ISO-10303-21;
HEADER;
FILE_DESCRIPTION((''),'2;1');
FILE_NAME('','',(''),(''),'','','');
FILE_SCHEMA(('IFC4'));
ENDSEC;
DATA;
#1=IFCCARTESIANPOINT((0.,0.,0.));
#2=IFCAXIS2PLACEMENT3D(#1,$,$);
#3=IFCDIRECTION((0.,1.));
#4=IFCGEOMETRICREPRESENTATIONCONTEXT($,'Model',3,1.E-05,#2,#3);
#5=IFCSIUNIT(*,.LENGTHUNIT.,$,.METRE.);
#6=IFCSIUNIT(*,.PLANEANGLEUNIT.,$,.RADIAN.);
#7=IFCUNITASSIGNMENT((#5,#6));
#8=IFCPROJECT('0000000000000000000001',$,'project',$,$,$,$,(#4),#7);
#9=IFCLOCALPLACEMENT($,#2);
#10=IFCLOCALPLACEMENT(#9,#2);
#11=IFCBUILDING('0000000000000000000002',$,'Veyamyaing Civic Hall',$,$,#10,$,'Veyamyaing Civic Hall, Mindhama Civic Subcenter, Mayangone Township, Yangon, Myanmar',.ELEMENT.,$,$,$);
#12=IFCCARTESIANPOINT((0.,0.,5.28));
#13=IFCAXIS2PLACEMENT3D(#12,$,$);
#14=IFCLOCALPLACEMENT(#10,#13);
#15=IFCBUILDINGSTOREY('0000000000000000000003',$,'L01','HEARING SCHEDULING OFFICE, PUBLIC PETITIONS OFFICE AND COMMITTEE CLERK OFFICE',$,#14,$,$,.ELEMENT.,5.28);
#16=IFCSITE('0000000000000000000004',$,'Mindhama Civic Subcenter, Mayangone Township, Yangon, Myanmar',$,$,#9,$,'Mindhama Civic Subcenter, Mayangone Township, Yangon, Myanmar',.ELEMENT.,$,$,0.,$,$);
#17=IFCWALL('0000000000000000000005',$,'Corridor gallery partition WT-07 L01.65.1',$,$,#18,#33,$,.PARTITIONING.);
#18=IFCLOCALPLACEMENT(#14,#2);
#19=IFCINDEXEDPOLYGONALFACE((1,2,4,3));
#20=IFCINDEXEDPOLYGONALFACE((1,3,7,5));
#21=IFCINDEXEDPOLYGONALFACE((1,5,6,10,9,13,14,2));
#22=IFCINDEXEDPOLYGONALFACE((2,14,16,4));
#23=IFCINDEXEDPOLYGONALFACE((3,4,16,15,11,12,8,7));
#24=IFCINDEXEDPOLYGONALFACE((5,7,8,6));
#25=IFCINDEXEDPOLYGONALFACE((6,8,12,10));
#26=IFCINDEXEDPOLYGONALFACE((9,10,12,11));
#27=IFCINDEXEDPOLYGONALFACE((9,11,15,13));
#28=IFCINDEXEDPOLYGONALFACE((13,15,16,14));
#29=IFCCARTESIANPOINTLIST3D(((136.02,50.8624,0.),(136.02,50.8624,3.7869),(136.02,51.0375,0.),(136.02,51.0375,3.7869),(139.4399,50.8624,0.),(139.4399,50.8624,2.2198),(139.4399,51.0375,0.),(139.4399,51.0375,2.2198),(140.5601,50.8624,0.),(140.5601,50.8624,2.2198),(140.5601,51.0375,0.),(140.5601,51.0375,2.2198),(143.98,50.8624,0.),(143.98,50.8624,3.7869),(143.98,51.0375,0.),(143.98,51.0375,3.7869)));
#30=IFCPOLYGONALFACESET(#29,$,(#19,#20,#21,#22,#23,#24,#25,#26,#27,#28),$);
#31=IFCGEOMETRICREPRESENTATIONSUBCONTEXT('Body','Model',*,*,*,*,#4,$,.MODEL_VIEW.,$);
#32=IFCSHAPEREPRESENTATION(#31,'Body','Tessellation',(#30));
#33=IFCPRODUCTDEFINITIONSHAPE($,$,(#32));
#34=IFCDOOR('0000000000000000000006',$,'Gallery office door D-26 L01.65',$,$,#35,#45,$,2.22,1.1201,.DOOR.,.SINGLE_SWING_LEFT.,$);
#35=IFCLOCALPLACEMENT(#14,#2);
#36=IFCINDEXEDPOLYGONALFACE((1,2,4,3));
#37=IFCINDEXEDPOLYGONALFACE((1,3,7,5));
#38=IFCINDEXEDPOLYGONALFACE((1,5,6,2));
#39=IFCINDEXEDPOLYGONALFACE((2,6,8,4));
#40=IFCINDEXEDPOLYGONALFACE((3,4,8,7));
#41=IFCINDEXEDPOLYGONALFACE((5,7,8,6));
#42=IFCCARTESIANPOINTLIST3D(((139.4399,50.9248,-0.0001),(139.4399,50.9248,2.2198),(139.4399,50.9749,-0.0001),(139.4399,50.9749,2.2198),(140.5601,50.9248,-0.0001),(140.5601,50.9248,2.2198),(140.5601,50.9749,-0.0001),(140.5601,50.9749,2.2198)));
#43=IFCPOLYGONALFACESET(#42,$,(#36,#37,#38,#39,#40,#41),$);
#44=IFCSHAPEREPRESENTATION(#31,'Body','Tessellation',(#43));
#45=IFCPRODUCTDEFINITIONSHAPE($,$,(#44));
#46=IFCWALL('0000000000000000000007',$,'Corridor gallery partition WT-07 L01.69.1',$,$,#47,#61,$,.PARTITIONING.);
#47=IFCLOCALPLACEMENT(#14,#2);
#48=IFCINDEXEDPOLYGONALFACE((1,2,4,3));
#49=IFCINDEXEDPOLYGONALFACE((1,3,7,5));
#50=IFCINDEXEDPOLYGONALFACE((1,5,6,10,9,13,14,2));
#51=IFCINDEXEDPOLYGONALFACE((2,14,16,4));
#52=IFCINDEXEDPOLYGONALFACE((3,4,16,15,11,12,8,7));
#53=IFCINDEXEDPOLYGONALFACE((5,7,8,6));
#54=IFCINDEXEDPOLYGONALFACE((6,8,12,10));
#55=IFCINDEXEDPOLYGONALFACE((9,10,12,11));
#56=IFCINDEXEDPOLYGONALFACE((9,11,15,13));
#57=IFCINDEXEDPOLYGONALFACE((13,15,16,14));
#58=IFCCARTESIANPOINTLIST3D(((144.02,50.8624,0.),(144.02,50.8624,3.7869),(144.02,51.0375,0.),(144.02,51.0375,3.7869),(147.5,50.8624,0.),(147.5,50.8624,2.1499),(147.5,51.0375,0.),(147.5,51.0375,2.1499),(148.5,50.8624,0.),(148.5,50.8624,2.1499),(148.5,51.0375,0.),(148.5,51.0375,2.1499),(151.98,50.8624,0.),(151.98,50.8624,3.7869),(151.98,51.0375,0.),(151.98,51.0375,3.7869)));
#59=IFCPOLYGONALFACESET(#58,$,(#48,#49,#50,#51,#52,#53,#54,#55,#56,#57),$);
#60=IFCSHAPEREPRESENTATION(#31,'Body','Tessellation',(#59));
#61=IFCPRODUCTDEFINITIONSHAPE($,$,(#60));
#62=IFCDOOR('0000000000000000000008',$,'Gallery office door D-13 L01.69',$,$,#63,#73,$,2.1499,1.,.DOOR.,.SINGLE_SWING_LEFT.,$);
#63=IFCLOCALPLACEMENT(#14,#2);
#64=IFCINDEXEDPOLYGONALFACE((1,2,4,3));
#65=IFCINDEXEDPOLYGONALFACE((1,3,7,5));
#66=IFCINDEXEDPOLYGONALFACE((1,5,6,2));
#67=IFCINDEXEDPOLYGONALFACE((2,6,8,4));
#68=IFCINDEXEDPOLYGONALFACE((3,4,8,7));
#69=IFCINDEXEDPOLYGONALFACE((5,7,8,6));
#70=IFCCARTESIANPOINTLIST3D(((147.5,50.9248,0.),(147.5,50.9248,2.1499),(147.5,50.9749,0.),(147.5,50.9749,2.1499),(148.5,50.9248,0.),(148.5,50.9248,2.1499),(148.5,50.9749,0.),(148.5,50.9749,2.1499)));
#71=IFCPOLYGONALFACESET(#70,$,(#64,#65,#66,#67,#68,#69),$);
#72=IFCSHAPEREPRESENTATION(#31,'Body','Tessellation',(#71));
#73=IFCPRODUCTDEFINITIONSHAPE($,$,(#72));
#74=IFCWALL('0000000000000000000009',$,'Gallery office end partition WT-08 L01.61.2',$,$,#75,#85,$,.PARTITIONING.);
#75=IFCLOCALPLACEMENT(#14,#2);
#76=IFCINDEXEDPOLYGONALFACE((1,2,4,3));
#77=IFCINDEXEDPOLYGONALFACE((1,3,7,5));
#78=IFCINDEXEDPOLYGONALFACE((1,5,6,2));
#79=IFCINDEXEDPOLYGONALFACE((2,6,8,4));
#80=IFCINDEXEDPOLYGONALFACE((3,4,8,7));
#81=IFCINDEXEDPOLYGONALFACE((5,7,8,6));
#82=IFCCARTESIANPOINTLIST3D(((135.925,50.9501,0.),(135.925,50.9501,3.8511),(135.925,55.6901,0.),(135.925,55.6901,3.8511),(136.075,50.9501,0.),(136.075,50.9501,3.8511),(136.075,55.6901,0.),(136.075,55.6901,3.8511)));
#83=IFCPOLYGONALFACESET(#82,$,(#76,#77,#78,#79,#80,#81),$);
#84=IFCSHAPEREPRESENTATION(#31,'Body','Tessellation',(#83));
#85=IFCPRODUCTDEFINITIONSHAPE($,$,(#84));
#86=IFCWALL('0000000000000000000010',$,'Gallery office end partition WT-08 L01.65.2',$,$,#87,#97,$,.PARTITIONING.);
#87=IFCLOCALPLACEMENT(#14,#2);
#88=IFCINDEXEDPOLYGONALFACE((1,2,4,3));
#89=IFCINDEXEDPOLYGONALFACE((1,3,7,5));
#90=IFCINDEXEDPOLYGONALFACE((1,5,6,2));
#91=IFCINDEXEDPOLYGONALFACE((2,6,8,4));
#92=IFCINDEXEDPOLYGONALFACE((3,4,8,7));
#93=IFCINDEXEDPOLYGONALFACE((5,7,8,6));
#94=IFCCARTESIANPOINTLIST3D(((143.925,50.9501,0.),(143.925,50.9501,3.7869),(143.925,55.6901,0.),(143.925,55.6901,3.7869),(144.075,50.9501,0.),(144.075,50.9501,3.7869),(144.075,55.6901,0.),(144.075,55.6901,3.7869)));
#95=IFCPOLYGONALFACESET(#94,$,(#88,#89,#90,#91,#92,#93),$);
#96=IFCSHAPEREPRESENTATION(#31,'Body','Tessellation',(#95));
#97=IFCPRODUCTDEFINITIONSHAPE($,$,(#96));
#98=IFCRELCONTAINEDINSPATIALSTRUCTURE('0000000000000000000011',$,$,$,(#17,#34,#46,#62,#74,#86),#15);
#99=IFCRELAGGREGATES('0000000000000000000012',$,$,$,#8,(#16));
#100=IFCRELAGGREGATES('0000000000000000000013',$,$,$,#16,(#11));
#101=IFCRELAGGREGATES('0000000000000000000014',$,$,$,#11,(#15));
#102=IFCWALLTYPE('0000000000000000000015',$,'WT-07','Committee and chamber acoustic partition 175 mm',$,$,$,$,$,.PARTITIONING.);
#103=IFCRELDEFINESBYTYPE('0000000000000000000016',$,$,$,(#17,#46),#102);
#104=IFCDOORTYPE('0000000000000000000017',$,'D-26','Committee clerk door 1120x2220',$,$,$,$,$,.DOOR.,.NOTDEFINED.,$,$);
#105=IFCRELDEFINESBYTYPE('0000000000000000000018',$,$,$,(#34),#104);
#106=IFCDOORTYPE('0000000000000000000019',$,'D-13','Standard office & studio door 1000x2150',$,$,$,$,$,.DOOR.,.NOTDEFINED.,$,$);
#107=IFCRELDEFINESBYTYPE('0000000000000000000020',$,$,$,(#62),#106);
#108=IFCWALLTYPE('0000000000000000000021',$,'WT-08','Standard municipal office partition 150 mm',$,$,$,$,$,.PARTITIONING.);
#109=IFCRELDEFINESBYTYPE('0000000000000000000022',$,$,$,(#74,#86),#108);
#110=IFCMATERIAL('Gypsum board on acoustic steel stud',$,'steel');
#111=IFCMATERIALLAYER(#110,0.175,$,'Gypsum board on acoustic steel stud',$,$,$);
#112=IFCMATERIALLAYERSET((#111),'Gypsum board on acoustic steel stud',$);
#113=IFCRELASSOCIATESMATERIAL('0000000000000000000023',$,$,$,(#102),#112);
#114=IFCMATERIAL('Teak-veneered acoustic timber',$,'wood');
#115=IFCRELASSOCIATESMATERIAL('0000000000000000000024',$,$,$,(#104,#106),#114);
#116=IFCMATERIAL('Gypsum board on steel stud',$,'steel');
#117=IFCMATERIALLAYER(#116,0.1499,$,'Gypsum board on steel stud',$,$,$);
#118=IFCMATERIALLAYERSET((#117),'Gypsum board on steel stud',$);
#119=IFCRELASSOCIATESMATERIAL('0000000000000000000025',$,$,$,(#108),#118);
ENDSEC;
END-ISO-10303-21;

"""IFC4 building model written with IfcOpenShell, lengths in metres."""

from ifc_helpers import new_model, si_unit, direction, frame, frame_2d, origin, place, context, subcontext, project, spatial, rectangle, extrude, material, layer, layer_set, type_object, element, fill, save


model = new_model("IFC4")

# Units and contexts
model_context = context("Model", 3, precision=1e-05, world=origin(), true_north=direction((0.0, 1.0)))
body_context = subcontext(model_context, "Body", "Model", "MODEL_VIEW")
ifc_project = project(units=[si_unit("LENGTHUNIT", "METRE"), si_unit("PLANEANGLEUNIT", "RADIAN")], contexts=[model_context])

# Site, building, storey
site_placement = place(None, origin())
site = spatial("IfcSite", under=ifc_project, at=site_placement, Name="Mindhama Civic Subcenter, Mayangone Township, Yangon, Myanmar", LongName="Mindhama Civic Subcenter, Mayangone Township, Yangon, Myanmar", CompositionType="ELEMENT", RefElevation=0.0)
building_placement = place(site_placement, origin())
building = spatial("IfcBuilding", under=site, at=building_placement, Name="Veyamyaing Civic Hall", LongName="Veyamyaing Civic Hall, Mindhama Civic Subcenter, Mayangone Township, Yangon, Myanmar", CompositionType="ELEMENT")
storey_placement = place(building_placement, frame((0.0, 0.0, 5.28)))
storey = spatial("IfcBuildingStorey", under=building, at=storey_placement, Name="L01", Description="HEARING SCHEDULING OFFICE, PUBLIC PETITIONS OFFICE AND COMMITTEE CLERK OFFICE", CompositionType="ELEMENT", Elevation=5.28)

# Walls, openings, doors
ifc_material_1 = material(Name="Gypsum board on acoustic steel stud", Category="steel")
ifc_layer_1 = layer(ifc_material_1, 0.175, Name="Gypsum board on acoustic steel stud")
ifc_layer_set_1 = layer_set([ifc_layer_1], Name="Gypsum board on acoustic steel stud")
wall_type_1 = type_object("IfcWallType", Name="WT-07", Description="Committee and chamber acoustic partition 175 mm", PredefinedType="PARTITIONING", material=ifc_layer_set_1)
wall_1_placement = place(storey_placement, frame((136.02, 50.95, 0.0), z_axis=(0.0, 0.0, 1.0), x_axis=(1.0, 0.0, 0.0)))
wall_1 = element("IfcWall", 1, at=wall_1_placement, inside=storey, type_object=wall_type_1, Name="Corridor gallery partition WT-07 L01.65.1", PredefinedType="PARTITIONING", context=body_context, shape_type="SweptSolid", body=[
    extrude(rectangle(XDim=7.96, YDim=0.175, at=frame_2d((3.98, 0.0))), origin(), (0.0, 0.0, 1.0), 3.7869),
])
opening_1_placement = place(wall_1_placement, frame((3.4199, 0.0, 0.0)))
opening_1 = element("IfcOpeningElement", 2, at=opening_1_placement, cuts=wall_1, PredefinedType="OPENING", context=body_context, shape_type="SweptSolid", body=[
    extrude(rectangle(XDim=1.1201, YDim=2.22, at=frame_2d((0.5601, 1.1099))), frame((0.0, 0.0974, 0.0), z_axis=(0.0, -1.0, 0.0), x_axis=(1.0, 0.0, 0.0)), (0.0, 0.0, 1.0), 0.1951),
])
ifc_material_2 = material(Name="Teak-veneered acoustic timber", Category="wood")
door_type_1 = type_object("IfcDoorType", Name="D-26", Description="Committee clerk door 1120x2220", OperationType="NOTDEFINED", PredefinedType="DOOR", material=ifc_material_2)
door_1_placement = place(opening_1_placement, origin())
door_1 = element("IfcDoor", 3, at=door_1_placement, inside=storey, type_object=door_type_1, Name="Gallery office door D-26 L01.65", OperationType="SINGLE_SWING_LEFT", OverallHeight=2.22, OverallWidth=1.1201, PredefinedType="DOOR", context=body_context, shape_type="SweptSolid", body=[
    extrude(rectangle(XDim=1.1201, YDim=2.22, at=frame_2d((0.5601, 1.1099))), frame((0.0, 0.0249, 0.0), z_axis=(0.0, -1.0, 0.0), x_axis=(1.0, 0.0, 0.0)), (0.0, 0.0, 1.0), 0.05),
])
fill(opening_1, door_1)
wall_2_placement = place(storey_placement, frame((144.02, 50.95, 0.0), z_axis=(0.0, 0.0, 1.0), x_axis=(1.0, 0.0, 0.0)))
wall_2 = element("IfcWall", 4, at=wall_2_placement, inside=storey, type_object=wall_type_1, Name="Corridor gallery partition WT-07 L01.69.1", PredefinedType="PARTITIONING", context=body_context, shape_type="SweptSolid", body=[
    extrude(rectangle(XDim=7.96, YDim=0.175, at=frame_2d((3.98, 0.0))), origin(), (0.0, 0.0, 1.0), 3.7869),
])
opening_2_placement = place(wall_2_placement, frame((3.48, 0.0, 0.0)))
opening_2 = element("IfcOpeningElement", 5, at=opening_2_placement, cuts=wall_2, PredefinedType="OPENING", context=body_context, shape_type="SweptSolid", body=[
    extrude(rectangle(XDim=1.0, YDim=2.1499, at=frame_2d((0.5, 1.075))), frame((0.0, 0.0974, 0.0), z_axis=(0.0, -1.0, 0.0), x_axis=(1.0, 0.0, 0.0)), (0.0, 0.0, 1.0), 0.1951),
])
door_type_2 = type_object("IfcDoorType", Name="D-13", Description="Standard office & studio door 1000x2150", OperationType="NOTDEFINED", PredefinedType="DOOR", material=ifc_material_2)
door_2_placement = place(opening_2_placement, origin())
door_2 = element("IfcDoor", 6, at=door_2_placement, inside=storey, type_object=door_type_2, Name="Gallery office door D-13 L01.69", OperationType="SINGLE_SWING_LEFT", OverallHeight=2.1499, OverallWidth=1.0, PredefinedType="DOOR", context=body_context, shape_type="SweptSolid", body=[
    extrude(rectangle(XDim=1.0, YDim=2.1499, at=frame_2d((0.5, 1.075))), frame((0.0, 0.0249, 0.0), z_axis=(0.0, -1.0, 0.0), x_axis=(1.0, 0.0, 0.0)), (0.0, 0.0, 1.0), 0.05),
])
fill(opening_2, door_2)

# Walls
ifc_material_3 = material(Name="Gypsum board on steel stud", Category="steel")
ifc_layer_2 = layer(ifc_material_3, 0.1499, Name="Gypsum board on steel stud")
ifc_layer_set_2 = layer_set([ifc_layer_2], Name="Gypsum board on steel stud")
wall_type_2 = type_object("IfcWallType", Name="WT-08", Description="Standard municipal office partition 150 mm", PredefinedType="PARTITIONING", material=ifc_layer_set_2)
wall_3_placement = place(storey_placement, frame((136.0, 50.95, 0.0), z_axis=(0.0, 0.0, 1.0), x_axis=(0.0, 1.0, 0.0)))
element("IfcWall", 7, at=wall_3_placement, inside=storey, type_object=wall_type_2, Name="Gallery office end partition WT-08 L01.61.2", PredefinedType="PARTITIONING", context=body_context, shape_type="SweptSolid", body=[
    extrude(rectangle(XDim=4.74, YDim=0.1499, at=frame_2d((2.3701, 0.0))), origin(), (0.0, 0.0, 1.0), 3.8511),
])
wall_4_placement = place(storey_placement, frame((144.0, 50.95, 0.0), z_axis=(0.0, 0.0, 1.0), x_axis=(0.0, 1.0, 0.0)))
element("IfcWall", 8, at=wall_4_placement, inside=storey, type_object=wall_type_2, Name="Gallery office end partition WT-08 L01.65.2", PredefinedType="PARTITIONING", context=body_context, shape_type="SweptSolid", body=[
    extrude(rectangle(XDim=4.74, YDim=0.1499, at=frame_2d((2.3701, 0.0))), origin(), (0.0, 0.0, 1.0), 3.7869),
])

save(model, "model.ifc")
